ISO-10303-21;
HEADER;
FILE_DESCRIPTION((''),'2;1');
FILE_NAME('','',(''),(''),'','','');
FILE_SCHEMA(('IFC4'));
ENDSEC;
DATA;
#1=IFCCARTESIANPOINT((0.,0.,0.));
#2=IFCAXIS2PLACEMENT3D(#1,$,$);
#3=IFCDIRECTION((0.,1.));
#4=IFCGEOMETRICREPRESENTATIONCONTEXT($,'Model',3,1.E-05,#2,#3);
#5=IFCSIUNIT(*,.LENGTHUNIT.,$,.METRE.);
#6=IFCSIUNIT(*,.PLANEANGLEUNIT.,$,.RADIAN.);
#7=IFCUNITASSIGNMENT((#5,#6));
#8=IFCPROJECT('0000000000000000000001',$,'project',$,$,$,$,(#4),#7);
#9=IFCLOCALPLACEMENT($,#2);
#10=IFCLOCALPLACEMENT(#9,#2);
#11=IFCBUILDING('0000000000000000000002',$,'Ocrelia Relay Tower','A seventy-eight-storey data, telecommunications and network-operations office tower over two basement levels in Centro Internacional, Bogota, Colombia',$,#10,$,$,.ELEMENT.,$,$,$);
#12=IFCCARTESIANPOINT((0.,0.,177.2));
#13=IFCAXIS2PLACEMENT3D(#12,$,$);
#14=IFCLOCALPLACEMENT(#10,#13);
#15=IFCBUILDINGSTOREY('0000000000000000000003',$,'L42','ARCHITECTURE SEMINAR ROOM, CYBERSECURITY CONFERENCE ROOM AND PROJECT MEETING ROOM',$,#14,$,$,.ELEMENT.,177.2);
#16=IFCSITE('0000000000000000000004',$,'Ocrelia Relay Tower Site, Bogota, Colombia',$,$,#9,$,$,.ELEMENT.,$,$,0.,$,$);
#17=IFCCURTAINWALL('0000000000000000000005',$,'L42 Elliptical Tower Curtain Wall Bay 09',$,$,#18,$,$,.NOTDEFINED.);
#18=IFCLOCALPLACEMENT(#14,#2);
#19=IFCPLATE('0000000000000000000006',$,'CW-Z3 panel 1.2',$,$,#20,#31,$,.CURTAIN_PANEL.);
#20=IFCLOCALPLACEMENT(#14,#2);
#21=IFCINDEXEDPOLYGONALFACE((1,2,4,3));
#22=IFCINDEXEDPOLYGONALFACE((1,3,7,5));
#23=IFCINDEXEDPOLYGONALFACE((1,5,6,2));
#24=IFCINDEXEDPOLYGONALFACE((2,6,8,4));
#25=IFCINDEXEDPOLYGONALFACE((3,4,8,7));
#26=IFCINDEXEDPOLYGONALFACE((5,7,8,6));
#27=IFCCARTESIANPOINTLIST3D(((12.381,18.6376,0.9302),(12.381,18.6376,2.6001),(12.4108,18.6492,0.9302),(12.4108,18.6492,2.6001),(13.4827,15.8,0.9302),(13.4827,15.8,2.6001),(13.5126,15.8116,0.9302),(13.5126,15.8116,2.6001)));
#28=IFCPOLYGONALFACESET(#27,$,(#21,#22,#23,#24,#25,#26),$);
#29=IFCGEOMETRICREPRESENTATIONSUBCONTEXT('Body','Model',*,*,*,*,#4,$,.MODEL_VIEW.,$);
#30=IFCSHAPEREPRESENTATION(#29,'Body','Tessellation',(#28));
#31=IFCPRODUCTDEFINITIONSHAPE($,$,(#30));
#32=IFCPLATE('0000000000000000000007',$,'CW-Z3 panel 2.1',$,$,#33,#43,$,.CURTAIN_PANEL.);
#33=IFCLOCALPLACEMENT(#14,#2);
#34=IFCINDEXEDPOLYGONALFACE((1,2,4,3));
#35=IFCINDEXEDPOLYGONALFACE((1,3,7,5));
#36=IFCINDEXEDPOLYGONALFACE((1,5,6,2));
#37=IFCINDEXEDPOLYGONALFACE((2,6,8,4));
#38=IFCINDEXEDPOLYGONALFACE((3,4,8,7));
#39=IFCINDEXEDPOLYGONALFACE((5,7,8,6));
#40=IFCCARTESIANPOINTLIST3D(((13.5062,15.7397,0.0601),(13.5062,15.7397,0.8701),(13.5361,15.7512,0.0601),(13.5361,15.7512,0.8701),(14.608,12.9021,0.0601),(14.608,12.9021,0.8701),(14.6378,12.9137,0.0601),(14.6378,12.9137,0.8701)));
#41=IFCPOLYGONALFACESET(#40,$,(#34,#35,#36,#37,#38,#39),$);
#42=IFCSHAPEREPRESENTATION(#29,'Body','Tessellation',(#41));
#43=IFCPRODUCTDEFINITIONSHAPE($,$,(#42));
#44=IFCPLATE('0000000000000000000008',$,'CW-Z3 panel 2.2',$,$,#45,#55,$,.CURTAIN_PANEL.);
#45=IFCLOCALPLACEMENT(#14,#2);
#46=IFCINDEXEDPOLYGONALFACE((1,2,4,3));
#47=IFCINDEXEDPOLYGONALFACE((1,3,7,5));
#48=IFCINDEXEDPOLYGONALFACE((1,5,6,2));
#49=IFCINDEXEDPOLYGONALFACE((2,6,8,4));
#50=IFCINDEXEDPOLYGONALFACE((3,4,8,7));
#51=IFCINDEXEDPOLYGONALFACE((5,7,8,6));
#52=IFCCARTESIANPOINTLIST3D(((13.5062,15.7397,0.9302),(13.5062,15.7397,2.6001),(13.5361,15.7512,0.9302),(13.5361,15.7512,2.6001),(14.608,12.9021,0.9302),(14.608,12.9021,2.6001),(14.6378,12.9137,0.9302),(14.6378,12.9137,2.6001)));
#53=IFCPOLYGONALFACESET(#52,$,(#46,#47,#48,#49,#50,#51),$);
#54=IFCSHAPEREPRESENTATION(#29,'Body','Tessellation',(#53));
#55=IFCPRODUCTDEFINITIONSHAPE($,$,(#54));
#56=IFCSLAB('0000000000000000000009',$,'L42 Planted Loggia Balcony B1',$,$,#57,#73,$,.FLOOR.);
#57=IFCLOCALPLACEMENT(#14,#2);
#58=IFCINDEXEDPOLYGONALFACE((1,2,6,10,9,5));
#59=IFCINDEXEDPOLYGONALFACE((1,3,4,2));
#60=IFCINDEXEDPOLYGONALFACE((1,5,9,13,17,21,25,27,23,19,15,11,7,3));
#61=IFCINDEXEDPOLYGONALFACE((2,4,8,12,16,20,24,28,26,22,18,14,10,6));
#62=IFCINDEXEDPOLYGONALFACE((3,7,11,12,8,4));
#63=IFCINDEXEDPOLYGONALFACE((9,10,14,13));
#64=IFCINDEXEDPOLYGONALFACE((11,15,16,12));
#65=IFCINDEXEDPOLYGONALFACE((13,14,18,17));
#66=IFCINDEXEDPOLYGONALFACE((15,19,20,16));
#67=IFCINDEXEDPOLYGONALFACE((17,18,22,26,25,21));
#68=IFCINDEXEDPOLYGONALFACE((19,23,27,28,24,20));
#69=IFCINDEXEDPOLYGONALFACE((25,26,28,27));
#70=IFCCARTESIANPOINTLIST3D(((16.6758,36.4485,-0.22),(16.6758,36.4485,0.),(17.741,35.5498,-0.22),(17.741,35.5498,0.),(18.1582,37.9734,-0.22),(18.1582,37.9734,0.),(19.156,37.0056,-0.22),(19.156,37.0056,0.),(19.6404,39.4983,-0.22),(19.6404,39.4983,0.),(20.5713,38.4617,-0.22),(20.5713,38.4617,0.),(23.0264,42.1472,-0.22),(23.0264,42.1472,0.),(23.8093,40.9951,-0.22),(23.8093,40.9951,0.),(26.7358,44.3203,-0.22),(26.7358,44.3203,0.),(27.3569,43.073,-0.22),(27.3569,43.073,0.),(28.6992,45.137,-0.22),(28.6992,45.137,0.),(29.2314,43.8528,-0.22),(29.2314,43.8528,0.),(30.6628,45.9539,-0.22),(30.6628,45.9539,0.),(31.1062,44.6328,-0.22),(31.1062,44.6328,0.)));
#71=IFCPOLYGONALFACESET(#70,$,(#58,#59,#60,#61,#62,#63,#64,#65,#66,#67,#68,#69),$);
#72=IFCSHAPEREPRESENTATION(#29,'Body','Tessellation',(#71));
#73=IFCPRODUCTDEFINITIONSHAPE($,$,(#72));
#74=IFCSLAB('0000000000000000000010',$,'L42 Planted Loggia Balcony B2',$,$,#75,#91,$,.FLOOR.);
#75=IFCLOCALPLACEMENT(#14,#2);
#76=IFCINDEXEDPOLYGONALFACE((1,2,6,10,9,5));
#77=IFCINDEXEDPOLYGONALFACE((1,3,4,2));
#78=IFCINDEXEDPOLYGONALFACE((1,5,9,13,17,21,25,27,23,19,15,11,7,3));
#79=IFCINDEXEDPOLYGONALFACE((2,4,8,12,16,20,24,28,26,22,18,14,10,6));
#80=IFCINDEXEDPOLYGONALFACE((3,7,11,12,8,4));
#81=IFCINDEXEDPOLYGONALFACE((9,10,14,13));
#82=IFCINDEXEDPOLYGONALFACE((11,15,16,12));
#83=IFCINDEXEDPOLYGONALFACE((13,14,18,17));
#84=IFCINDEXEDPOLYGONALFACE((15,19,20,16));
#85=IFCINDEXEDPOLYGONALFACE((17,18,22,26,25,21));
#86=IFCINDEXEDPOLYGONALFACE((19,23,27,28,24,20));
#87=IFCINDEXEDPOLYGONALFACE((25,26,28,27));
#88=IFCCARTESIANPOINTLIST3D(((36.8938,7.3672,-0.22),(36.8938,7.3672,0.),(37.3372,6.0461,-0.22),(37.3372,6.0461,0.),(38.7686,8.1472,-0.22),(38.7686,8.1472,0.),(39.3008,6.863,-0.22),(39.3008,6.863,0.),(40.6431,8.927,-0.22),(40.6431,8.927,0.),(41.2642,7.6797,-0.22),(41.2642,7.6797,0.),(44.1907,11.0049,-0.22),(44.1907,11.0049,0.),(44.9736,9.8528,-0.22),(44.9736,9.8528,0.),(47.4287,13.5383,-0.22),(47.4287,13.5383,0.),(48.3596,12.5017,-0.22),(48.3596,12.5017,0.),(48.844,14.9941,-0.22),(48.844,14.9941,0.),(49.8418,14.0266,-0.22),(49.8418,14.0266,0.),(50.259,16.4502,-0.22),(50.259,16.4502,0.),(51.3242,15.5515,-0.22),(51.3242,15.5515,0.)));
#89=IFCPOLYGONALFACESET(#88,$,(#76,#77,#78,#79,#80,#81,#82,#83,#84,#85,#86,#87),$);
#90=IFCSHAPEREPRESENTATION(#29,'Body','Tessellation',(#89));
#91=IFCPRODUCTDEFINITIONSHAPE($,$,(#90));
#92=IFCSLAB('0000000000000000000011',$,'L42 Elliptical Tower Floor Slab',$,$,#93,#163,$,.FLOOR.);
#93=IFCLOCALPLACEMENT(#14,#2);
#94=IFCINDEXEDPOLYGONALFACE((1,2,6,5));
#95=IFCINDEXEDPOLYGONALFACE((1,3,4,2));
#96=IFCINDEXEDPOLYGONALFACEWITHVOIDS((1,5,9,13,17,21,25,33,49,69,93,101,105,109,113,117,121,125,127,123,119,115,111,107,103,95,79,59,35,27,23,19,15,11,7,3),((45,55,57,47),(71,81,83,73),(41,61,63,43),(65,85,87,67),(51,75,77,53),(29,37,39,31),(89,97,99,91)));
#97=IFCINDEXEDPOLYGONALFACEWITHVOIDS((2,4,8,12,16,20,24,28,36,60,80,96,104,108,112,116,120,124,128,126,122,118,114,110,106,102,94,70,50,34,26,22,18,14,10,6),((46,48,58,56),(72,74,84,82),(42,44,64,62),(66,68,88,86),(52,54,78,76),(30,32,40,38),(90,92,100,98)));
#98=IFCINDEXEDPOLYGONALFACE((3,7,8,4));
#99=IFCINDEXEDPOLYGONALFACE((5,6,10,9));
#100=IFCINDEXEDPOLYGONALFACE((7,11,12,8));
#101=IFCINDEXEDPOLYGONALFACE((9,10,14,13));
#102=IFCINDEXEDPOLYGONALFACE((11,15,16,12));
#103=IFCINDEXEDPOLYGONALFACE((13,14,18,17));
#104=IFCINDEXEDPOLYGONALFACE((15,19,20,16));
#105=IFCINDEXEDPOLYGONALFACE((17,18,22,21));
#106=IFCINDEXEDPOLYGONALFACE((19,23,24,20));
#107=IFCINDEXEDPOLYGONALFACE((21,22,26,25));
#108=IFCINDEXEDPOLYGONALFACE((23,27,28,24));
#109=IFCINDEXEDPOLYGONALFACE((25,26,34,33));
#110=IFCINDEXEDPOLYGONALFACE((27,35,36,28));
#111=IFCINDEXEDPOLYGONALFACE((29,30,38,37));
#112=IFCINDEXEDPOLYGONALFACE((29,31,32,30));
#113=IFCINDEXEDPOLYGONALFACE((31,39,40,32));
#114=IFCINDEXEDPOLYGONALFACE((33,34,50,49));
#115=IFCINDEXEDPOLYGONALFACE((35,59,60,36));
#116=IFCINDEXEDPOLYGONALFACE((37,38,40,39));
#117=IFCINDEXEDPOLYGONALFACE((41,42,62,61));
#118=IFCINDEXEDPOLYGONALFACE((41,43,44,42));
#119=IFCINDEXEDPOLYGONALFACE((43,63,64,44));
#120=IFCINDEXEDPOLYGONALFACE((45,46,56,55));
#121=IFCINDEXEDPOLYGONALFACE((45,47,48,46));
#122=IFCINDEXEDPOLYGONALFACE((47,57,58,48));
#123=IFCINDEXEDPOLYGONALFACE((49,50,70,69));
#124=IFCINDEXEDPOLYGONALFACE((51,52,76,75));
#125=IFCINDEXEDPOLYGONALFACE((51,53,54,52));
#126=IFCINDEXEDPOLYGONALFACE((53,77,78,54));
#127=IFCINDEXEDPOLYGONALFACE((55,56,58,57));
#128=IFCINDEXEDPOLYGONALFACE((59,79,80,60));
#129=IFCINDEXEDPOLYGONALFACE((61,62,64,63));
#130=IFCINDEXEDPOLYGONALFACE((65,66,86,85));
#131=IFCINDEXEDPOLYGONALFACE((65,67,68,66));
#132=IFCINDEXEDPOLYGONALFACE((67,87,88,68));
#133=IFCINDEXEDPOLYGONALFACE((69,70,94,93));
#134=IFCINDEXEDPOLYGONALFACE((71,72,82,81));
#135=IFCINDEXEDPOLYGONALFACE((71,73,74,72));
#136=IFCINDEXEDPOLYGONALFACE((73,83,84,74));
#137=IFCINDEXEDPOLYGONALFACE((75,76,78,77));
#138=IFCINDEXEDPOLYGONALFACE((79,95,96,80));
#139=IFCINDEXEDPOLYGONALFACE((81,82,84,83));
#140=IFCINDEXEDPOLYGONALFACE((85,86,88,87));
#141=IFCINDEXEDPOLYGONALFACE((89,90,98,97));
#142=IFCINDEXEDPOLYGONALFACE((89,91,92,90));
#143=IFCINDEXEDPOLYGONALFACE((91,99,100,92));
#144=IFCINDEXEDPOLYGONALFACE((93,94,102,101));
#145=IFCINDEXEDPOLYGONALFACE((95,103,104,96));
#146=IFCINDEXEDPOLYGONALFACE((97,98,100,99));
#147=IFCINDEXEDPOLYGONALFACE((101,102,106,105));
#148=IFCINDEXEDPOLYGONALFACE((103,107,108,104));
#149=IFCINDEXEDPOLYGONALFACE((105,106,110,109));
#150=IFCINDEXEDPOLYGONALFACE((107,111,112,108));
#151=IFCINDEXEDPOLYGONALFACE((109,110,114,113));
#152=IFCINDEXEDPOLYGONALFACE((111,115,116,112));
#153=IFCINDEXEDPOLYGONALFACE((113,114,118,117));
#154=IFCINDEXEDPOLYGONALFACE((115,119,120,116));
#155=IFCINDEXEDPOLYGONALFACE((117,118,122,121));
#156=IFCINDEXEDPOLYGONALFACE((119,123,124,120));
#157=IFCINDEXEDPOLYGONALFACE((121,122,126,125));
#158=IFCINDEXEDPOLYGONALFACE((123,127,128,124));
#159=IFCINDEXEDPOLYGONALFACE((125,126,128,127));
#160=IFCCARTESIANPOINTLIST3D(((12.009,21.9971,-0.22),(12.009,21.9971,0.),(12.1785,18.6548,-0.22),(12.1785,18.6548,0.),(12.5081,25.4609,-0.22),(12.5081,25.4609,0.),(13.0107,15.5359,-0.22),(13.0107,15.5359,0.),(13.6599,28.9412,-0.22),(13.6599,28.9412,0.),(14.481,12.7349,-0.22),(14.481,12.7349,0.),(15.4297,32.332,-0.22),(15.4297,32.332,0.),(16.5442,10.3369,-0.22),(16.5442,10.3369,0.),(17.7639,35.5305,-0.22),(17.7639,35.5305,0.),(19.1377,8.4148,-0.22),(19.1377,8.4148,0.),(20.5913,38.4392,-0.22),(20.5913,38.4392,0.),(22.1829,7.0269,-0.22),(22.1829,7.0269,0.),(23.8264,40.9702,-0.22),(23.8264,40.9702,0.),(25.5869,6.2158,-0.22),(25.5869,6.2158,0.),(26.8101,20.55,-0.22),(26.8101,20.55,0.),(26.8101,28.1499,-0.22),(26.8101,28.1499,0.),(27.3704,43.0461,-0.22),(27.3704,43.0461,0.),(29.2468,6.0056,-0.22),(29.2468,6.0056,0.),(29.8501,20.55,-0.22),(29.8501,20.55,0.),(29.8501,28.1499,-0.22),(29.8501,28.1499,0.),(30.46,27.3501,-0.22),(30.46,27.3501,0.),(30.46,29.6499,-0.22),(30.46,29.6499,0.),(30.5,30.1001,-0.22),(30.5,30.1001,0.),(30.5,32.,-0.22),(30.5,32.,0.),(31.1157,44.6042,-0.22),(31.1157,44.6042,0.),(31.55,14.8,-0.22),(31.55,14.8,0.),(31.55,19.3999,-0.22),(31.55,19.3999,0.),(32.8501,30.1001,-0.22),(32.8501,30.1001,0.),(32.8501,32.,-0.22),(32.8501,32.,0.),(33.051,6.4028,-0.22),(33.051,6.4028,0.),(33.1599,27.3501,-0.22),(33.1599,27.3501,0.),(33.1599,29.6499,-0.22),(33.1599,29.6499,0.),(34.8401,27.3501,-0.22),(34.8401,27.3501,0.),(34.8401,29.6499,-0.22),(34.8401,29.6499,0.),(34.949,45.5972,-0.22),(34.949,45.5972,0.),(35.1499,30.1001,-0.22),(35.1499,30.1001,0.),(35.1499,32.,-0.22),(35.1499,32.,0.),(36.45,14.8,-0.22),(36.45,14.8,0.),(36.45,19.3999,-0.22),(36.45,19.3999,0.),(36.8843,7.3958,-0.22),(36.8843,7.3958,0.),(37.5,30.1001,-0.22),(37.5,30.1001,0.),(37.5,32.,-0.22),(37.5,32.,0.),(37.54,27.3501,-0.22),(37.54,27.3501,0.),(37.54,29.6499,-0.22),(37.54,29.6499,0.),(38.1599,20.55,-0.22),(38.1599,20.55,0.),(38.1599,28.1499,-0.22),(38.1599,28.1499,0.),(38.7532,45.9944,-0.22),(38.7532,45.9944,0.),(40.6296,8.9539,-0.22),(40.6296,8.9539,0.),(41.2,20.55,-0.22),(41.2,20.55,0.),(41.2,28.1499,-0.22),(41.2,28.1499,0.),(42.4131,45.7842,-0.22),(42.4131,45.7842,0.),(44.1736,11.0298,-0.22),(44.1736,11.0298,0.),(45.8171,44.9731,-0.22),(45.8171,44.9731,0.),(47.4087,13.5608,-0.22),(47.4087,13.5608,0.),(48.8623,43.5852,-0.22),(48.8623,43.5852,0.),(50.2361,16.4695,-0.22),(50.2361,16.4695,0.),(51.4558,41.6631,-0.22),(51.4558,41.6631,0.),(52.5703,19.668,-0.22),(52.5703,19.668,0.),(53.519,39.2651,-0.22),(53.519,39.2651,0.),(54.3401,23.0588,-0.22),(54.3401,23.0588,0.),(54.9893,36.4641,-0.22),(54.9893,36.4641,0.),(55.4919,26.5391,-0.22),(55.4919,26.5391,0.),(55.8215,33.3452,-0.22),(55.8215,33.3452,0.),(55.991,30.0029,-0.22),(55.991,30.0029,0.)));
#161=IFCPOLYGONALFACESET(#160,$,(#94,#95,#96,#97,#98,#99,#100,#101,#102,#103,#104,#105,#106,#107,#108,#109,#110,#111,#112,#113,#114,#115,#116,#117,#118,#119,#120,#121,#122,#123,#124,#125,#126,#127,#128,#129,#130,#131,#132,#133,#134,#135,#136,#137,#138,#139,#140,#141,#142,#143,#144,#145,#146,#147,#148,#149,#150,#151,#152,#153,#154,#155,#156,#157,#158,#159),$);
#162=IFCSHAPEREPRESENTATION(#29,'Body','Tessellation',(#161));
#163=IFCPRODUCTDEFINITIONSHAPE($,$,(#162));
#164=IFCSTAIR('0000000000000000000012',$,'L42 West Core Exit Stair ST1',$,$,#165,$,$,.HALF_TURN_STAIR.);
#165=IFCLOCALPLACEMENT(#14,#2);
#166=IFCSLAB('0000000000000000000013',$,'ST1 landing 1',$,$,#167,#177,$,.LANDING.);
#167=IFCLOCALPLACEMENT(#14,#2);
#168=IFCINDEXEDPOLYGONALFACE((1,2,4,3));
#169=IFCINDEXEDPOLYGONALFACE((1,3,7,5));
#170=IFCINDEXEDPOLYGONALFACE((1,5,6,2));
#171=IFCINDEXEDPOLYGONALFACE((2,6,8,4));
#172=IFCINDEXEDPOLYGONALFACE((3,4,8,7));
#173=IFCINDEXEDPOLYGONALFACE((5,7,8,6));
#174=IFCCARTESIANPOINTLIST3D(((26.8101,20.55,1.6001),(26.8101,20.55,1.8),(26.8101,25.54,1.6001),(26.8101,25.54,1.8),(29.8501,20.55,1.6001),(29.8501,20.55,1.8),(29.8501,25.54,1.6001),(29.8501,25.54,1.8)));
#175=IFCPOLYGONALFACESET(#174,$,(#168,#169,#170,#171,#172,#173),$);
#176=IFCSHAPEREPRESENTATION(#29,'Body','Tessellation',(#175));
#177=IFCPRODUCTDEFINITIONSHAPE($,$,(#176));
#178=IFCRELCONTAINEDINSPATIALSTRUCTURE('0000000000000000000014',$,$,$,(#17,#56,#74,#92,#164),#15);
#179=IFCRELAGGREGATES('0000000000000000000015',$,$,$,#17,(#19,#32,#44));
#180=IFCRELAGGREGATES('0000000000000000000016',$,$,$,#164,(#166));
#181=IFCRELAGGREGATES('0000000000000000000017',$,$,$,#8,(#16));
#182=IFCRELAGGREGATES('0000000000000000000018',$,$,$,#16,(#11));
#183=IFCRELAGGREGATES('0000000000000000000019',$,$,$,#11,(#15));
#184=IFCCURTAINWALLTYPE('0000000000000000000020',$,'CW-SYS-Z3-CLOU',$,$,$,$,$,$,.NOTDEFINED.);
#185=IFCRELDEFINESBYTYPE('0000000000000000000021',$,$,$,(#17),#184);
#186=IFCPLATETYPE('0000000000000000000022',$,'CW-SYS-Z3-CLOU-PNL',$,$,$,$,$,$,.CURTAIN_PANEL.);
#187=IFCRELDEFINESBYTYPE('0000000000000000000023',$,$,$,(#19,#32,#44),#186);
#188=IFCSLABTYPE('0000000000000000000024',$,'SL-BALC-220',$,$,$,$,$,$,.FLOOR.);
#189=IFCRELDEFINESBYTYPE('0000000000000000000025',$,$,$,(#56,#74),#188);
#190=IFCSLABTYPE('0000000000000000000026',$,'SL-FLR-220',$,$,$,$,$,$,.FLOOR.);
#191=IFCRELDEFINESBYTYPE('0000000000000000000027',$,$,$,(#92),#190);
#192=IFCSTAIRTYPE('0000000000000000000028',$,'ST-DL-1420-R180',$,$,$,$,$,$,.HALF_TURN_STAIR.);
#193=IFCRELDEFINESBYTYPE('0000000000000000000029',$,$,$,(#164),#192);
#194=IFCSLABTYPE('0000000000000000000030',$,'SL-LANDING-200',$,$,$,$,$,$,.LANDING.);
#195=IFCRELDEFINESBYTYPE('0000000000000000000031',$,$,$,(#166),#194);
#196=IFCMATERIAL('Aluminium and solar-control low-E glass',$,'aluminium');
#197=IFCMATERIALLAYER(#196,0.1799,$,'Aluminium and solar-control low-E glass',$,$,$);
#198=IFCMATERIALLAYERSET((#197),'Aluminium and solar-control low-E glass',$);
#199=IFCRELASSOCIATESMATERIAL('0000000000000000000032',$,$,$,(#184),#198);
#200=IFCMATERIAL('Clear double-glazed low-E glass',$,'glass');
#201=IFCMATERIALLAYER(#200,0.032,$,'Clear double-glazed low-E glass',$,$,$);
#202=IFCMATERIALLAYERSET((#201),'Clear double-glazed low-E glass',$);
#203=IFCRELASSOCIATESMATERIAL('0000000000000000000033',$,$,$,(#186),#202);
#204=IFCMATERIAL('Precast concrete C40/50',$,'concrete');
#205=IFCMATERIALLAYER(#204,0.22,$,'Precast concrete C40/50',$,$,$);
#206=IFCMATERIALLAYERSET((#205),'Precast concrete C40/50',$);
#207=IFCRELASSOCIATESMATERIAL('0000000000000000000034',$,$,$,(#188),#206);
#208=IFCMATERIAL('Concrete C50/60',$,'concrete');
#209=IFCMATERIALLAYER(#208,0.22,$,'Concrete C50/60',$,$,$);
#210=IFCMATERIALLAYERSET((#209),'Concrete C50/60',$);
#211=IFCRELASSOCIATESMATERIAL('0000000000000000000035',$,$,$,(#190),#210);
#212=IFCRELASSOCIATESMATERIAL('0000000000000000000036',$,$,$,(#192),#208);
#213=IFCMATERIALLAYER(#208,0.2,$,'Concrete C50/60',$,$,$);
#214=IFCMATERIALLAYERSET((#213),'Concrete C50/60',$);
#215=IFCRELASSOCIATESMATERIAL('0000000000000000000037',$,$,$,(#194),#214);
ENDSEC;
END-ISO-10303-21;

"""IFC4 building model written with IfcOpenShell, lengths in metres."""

from ifc_helpers import new_model, si_unit, direction, frame, origin, origin_2d, place, context, subcontext, project, spatial, polyline, rectangle, outline, extrude, material, layer, layer_set, type_object, element, aggregate, save


model = new_model("IFC4")

# Units and contexts
model_context = context("Model", 3, precision=1e-05, world=origin(), true_north=direction((0.0, 1.0)))
body_context = subcontext(model_context, "Body", "Model", "MODEL_VIEW")
ifc_project = project(units=[si_unit("LENGTHUNIT", "METRE"), si_unit("PLANEANGLEUNIT", "RADIAN")], contexts=[model_context])

# Site, building, storey
site_placement = place(None, origin())
site = spatial("IfcSite", under=ifc_project, at=site_placement, Name="Ocrelia Relay Tower Site, Bogota, Colombia", CompositionType="ELEMENT", RefElevation=0.0)
building_placement = place(site_placement, origin())
building = spatial("IfcBuilding", under=site, at=building_placement, Name="Ocrelia Relay Tower", Description="A seventy-eight-storey data, telecommunications and network-operations office tower over two basement levels in Centro Internacional, Bogota, Colombia", CompositionType="ELEMENT")
storey_placement = place(building_placement, frame((0.0, 0.0, 177.2)))
storey = spatial("IfcBuildingStorey", under=building, at=storey_placement, Name="L42", Description="ARCHITECTURE SEMINAR ROOM, CYBERSECURITY CONFERENCE ROOM AND PROJECT MEETING ROOM", CompositionType="ELEMENT", Elevation=177.2)

# Curtain wall
ifc_material_1 = material(Name="Aluminium and solar-control low-E glass", Category="aluminium")
ifc_layer_1 = layer(ifc_material_1, 0.1799, Name="Aluminium and solar-control low-E glass")
ifc_layer_set_1 = layer_set([ifc_layer_1], Name="Aluminium and solar-control low-E glass")
curtain_wall_type = type_object("IfcCurtainWallType", Name="CW-SYS-Z3-CLOU", PredefinedType="NOTDEFINED", material=ifc_layer_set_1)
curtain_wall_1_placement = place(storey_placement, origin())
curtain_wall_1 = element("IfcCurtainWall", 1, at=curtain_wall_1_placement, inside=storey, type_object=curtain_wall_type, Name="L42 Elliptical Tower Curtain Wall Bay 09", PredefinedType="NOTDEFINED")

# Plates
ifc_material_2 = material(Name="Clear double-glazed low-E glass", Category="glass")
ifc_layer_2 = layer(ifc_material_2, 0.032, Name="Clear double-glazed low-E glass")
ifc_layer_set_2 = layer_set([ifc_layer_2], Name="Clear double-glazed low-E glass")
plate_type = type_object("IfcPlateType", Name="CW-SYS-Z3-CLOU-PNL", PredefinedType="CURTAIN_PANEL", material=ifc_layer_set_2)
plate_1_placement = place(storey_placement, frame((12.9468, 17.2246, 0.9302), z_axis=(0.0, 0.0, 1.0), x_axis=(0.361942, -0.9322, 0.0)))
plate_1 = element("IfcPlate", 2, at=plate_1_placement, type_object=plate_type, Name="CW-Z3 panel 1.2", PredefinedType="CURTAIN_PANEL", context=body_context, shape_type="SweptSolid", body=[
    extrude(rectangle(XDim=3.0439, YDim=0.032, at=origin_2d()), origin(), (0.0, 0.0, 1.0), 1.6699),
])
plate_2_placement = place(storey_placement, frame((14.072, 14.3267, 0.0601), z_axis=(0.0, 0.0, 1.0), x_axis=(0.361942, -0.9322, 0.0)))
plate_2 = element("IfcPlate", 3, at=plate_2_placement, type_object=plate_type, Name="CW-Z3 panel 2.1", PredefinedType="CURTAIN_PANEL", context=body_context, shape_type="SweptSolid", body=[
    extrude(rectangle(XDim=3.0439, YDim=0.032, at=origin_2d()), origin(), (0.0, 0.0, 1.0), 0.8101),
])
plate_3_placement = place(storey_placement, frame((14.072, 14.3267, 0.9302), z_axis=(0.0, 0.0, 1.0), x_axis=(0.361942, -0.9322, 0.0)))
plate_3 = element("IfcPlate", 4, at=plate_3_placement, type_object=plate_type, Name="CW-Z3 panel 2.2", PredefinedType="CURTAIN_PANEL", context=body_context, shape_type="SweptSolid", body=[
    extrude(rectangle(XDim=3.0439, YDim=0.032, at=origin_2d()), origin(), (0.0, 0.0, 1.0), 1.6699),
])
aggregate(curtain_wall_1, [plate_1, plate_2, plate_3])

# Slabs
ifc_material_3 = material(Name="Precast concrete C40/50", Category="concrete")
ifc_layer_3 = layer(ifc_material_3, 0.22, Name="Precast concrete C40/50")
ifc_layer_set_3 = layer_set([ifc_layer_3], Name="Precast concrete C40/50")
slab_type_1 = type_object("IfcSlabType", Name="SL-BALC-220", PredefinedType="FLOOR", material=ifc_layer_set_3)
slab_1_placement = place(storey_placement, frame((0.0, 0.0, -0.22)))
element("IfcSlab", 5, at=slab_1_placement, inside=storey, type_object=slab_type_1, Name="L42 Planted Loggia Balcony B1", PredefinedType="FLOOR", context=body_context, shape_type="SweptSolid", body=[
    extrude(outline(polyline([(31.1062, 44.6328), (29.2314, 43.8528), (27.3569, 43.073), (23.8093, 40.9951), (20.5713, 38.4617), (19.156, 37.0056), (17.741, 35.5498), (16.6758, 36.4485), (18.1582, 37.9734), (19.6404, 39.4983), (23.0264, 42.1472), (26.7358, 44.3203), (28.6992, 45.137), (30.6628, 45.9539), (31.1062, 44.6328)])), origin(), (0.0, 0.0, 1.0), 0.22),
])
slab_2_placement = place(storey_placement, frame((0.0, 0.0, -0.22)))
element("IfcSlab", 6, at=slab_2_placement, inside=storey, type_object=slab_type_1, Name="L42 Planted Loggia Balcony B2", PredefinedType="FLOOR", context=body_context, shape_type="SweptSolid", body=[
    extrude(outline(polyline([(36.8938, 7.3672), (38.7686, 8.1472), (40.6431, 8.927), (44.1907, 11.0049), (47.4287, 13.5383), (48.844, 14.9941), (50.259, 16.4502), (51.3242, 15.5515), (49.8418, 14.0266), (48.3596, 12.5017), (44.9736, 9.8528), (41.2642, 7.6797), (39.3008, 6.863), (37.3372, 6.0461), (36.8938, 7.3672)])), origin(), (0.0, 0.0, 1.0), 0.22),
])
ifc_material_4 = material(Name="Concrete C50/60", Category="concrete")
ifc_layer_4 = layer(ifc_material_4, 0.22, Name="Concrete C50/60")
ifc_layer_set_4 = layer_set([ifc_layer_4], Name="Concrete C50/60")
slab_type_2 = type_object("IfcSlabType", Name="SL-FLR-220", PredefinedType="FLOOR", material=ifc_layer_set_4)
slab_3_placement = place(storey_placement, frame((0.0, 0.0, -0.22)))
element("IfcSlab", 7, at=slab_3_placement, inside=storey, type_object=slab_type_2, Name="L42 Elliptical Tower Floor Slab", PredefinedType="FLOOR", context=body_context, shape_type="SweptSolid", body=[
    extrude(outline(polyline([(53.519, 39.2651), (51.4558, 41.6631), (48.8623, 43.5852), (45.8171, 44.9731), (42.4131, 45.7842), (38.7532, 45.9944), (34.949, 45.5972), (31.1157, 44.6042), (27.3704, 43.0461), (23.8264, 40.9702), (20.5913, 38.4392), (17.7639, 35.5305), (15.4297, 32.332), (13.6599, 28.9412), (12.5081, 25.4609), (12.009, 21.9971), (12.1785, 18.6548), (13.0107, 15.5359), (14.481, 12.7349), (16.5442, 10.3369), (19.1377, 8.4148), (22.1829, 7.0269), (25.5869, 6.2158), (29.2468, 6.0056), (33.051, 6.4028), (36.8843, 7.3958), (40.6296, 8.9539), (44.1736, 11.0298), (47.4087, 13.5608), (50.2361, 16.4695), (52.5703, 19.668), (54.3401, 23.0588), (55.4919, 26.5391), (55.991, 30.0029), (55.8215, 33.3452), (54.9893, 36.4641), (53.519, 39.2651)]), holes=[polyline([(26.8101, 28.1499), (26.8101, 20.55), (29.8501, 20.55), (29.8501, 28.1499), (26.8101, 28.1499)]), polyline([(38.1599, 28.1499), (38.1599, 20.55), (41.2, 20.55), (41.2, 28.1499), (38.1599, 28.1499)]), polyline([(30.46, 27.3501), (33.1599, 27.3501), (33.1599, 29.6499), (30.46, 29.6499), (30.46, 27.3501)]), polyline([(34.8401, 27.3501), (37.54, 27.3501), (37.54, 29.6499), (34.8401, 29.6499), (34.8401, 27.3501)]), polyline([(30.5, 30.1001), (32.8501, 30.1001), (32.8501, 32.0), (30.5, 32.0), (30.5, 30.1001)]), polyline([(35.1499, 30.1001), (37.5, 30.1001), (37.5, 32.0), (35.1499, 32.0), (35.1499, 30.1001)]), polyline([(31.55, 14.8), (36.45, 14.8), (36.45, 19.3999), (31.55, 19.3999), (31.55, 14.8)])]), origin(), (0.0, 0.0, 1.0), 0.22),
])

# Stair, slab
stair_type = type_object("IfcStairType", Name="ST-DL-1420-R180", PredefinedType="HALF_TURN_STAIR", material=ifc_material_4)
stair_1_placement = place(storey_placement, origin())
stair_1 = element("IfcStair", 8, at=stair_1_placement, inside=storey, type_object=stair_type, Name="L42 West Core Exit Stair ST1", PredefinedType="HALF_TURN_STAIR")
ifc_layer_5 = layer(ifc_material_4, 0.2, Name="Concrete C50/60")
ifc_layer_set_5 = layer_set([ifc_layer_5], Name="Concrete C50/60")
slab_type_3 = type_object("IfcSlabType", Name="SL-LANDING-200", PredefinedType="LANDING", material=ifc_layer_set_5)
slab_4_placement = place(storey_placement, frame((0.0, 0.0, 1.6001)))
slab_4 = element("IfcSlab", 9, at=slab_4_placement, type_object=slab_type_3, Name="ST1 landing 1", PredefinedType="LANDING", context=body_context, shape_type="SweptSolid", body=[
    extrude(outline(polyline([(26.8101, 25.54), (26.8101, 20.55), (29.8501, 20.55), (29.8501, 25.54), (26.8101, 25.54)])), origin(), (0.0, 0.0, 1.0), 0.2),
])
aggregate(stair_1, [slab_4])

save(model, "model.ifc")
